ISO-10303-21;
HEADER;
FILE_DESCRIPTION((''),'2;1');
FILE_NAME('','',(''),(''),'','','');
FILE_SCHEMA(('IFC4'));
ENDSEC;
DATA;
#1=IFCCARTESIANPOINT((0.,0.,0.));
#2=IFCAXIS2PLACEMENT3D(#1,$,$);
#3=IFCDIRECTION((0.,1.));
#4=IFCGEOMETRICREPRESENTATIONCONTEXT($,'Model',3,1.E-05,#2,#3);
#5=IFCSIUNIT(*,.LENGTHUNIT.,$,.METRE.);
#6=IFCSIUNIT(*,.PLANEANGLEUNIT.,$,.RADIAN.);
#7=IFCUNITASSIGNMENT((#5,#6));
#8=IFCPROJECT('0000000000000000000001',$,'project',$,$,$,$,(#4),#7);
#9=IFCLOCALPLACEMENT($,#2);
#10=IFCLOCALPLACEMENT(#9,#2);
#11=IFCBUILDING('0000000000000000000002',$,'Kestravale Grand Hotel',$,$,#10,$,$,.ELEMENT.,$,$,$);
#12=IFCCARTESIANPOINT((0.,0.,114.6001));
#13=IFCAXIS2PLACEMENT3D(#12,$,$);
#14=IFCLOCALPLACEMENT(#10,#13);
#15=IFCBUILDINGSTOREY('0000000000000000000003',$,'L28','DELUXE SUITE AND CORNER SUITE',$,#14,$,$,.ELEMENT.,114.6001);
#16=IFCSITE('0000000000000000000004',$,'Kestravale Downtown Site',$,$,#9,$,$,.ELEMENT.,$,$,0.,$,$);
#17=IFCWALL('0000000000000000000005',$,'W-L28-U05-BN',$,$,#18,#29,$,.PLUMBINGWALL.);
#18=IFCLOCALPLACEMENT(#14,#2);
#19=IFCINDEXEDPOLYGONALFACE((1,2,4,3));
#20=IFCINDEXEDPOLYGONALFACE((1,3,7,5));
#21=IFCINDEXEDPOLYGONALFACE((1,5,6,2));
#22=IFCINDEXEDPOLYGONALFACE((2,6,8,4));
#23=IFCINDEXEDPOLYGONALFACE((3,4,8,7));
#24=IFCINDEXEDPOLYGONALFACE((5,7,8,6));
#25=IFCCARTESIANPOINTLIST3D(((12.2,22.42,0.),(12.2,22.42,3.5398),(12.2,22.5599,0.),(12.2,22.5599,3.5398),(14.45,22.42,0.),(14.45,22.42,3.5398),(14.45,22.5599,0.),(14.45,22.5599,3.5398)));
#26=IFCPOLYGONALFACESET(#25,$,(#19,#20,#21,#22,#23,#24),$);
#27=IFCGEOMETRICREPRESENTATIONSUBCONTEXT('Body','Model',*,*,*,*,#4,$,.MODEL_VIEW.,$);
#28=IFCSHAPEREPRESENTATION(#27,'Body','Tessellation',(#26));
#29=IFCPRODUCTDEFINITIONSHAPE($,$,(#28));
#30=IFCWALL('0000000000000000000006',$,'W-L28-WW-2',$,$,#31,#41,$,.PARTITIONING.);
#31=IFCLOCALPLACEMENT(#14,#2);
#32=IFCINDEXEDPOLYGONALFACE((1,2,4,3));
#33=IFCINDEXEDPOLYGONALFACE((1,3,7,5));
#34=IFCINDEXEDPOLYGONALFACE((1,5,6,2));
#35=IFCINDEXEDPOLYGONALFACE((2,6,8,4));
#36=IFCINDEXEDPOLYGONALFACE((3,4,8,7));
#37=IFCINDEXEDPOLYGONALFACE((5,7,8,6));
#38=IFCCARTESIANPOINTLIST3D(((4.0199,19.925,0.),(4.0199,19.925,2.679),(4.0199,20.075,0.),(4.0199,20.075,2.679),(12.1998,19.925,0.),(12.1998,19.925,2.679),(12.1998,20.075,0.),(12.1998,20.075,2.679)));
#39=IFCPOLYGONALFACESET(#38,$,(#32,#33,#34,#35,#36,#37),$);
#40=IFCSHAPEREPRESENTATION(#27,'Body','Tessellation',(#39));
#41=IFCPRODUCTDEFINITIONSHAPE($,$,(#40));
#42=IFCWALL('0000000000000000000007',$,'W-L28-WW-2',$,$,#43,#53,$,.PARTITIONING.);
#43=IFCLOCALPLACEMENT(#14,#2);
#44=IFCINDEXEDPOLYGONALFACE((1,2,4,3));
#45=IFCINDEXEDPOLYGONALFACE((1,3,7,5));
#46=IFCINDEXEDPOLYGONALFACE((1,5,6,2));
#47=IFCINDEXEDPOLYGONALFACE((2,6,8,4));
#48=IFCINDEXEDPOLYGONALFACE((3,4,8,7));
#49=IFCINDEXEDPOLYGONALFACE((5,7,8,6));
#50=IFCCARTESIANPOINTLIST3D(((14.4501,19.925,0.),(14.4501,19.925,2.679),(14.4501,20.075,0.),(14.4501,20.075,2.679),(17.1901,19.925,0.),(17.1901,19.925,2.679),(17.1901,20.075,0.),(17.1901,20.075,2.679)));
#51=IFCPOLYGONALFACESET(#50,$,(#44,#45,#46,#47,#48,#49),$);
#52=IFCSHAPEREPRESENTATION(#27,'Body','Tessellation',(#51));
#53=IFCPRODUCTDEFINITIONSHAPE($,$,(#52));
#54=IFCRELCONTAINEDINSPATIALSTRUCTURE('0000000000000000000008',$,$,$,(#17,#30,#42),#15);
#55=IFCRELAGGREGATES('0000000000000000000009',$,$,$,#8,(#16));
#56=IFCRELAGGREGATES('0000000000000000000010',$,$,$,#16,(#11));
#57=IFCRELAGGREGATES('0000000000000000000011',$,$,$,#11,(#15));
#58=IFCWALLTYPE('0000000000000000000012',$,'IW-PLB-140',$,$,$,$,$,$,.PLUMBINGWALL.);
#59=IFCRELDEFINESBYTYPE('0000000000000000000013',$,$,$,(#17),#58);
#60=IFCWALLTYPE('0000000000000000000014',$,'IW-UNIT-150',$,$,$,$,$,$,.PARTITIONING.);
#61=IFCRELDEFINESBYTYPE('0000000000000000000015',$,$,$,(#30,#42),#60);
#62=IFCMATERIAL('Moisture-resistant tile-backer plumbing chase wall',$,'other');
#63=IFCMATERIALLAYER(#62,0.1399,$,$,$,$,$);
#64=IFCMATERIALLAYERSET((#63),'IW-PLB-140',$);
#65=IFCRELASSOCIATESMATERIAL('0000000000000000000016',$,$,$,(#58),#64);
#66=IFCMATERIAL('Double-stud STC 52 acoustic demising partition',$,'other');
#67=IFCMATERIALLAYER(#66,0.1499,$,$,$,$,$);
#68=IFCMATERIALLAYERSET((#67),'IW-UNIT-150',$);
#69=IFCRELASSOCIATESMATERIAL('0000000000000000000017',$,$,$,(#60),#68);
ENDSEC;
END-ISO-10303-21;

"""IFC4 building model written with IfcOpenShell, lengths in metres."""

from ifc_helpers import new_model, si_unit, direction, frame, frame_2d, origin, place, context, subcontext, project, spatial, rectangle, extrude, material, layer, layer_set, type_object, element, save


model = new_model("IFC4")

# Units and contexts
model_context = context("Model", 3, precision=1e-05, world=origin(), true_north=direction((0.0, 1.0)))
body_context = subcontext(model_context, "Body", "Model", "MODEL_VIEW")
ifc_project = project(units=[si_unit("LENGTHUNIT", "METRE"), si_unit("PLANEANGLEUNIT", "RADIAN")], contexts=[model_context])

# Site, building, storey
site_placement = place(None, origin())
site = spatial("IfcSite", under=ifc_project, at=site_placement, Name="Kestravale Downtown Site", CompositionType="ELEMENT", RefElevation=0.0)
building_placement = place(site_placement, origin())
building = spatial("IfcBuilding", under=site, at=building_placement, Name="Kestravale Grand Hotel", CompositionType="ELEMENT")
storey_placement = place(building_placement, frame((0.0, 0.0, 114.6001)))
storey = spatial("IfcBuildingStorey", under=building, at=storey_placement, Name="L28", Description="DELUXE SUITE AND CORNER SUITE", CompositionType="ELEMENT", Elevation=114.6001)

# Shared definitions
ifc_material_1 = material(Name="Moisture-resistant tile-backer plumbing chase wall", Category="other")
ifc_layer_1 = layer(ifc_material_1, 0.1399)
ifc_layer_set_1 = layer_set([ifc_layer_1], Name="IW-PLB-140")
wall_type_1 = type_object("IfcWallType", Name="IW-PLB-140", PredefinedType="PLUMBINGWALL", material=ifc_layer_set_1)

# Walls
wall_1_placement = place(storey_placement, frame((12.2, 22.49, 0.0), z_axis=(0.0, 0.0, 1.0), x_axis=(1.0, 0.0, 0.0)))
element("IfcWall", 1, at=wall_1_placement, inside=storey, type_object=wall_type_1, Name="W-L28-U05-BN", PredefinedType="PLUMBINGWALL", context=body_context, shape_type="SweptSolid", body=[
    extrude(rectangle(XDim=2.25, YDim=0.1399, at=frame_2d((1.125, 0.0))), origin(), (0.0, 0.0, 1.0), 3.5398),
])
ifc_material_2 = material(Name="Double-stud STC 52 acoustic demising partition", Category="other")
ifc_layer_2 = layer(ifc_material_2, 0.1499)
ifc_layer_set_2 = layer_set([ifc_layer_2], Name="IW-UNIT-150")
wall_type_2 = type_object("IfcWallType", Name="IW-UNIT-150", PredefinedType="PARTITIONING", material=ifc_layer_set_2)
wall_2_placement = place(storey_placement, frame((4.02, 20.0, 0.0), z_axis=(0.0, 0.0, 1.0), x_axis=(1.0, 0.0, 0.0)))
element("IfcWall", 2, at=wall_2_placement, inside=storey, type_object=wall_type_2, Name="W-L28-WW-2", PredefinedType="PARTITIONING", context=body_context, shape_type="SweptSolid", body=[
    extrude(rectangle(XDim=8.1799, YDim=0.1499, at=frame_2d((4.0898, 0.0))), origin(), (0.0, 0.0, 1.0), 2.679),
])
wall_3_placement = place(storey_placement, frame((14.45, 20.0, 0.0), z_axis=(0.0, 0.0, 1.0), x_axis=(1.0, 0.0, 0.0)))
element("IfcWall", 3, at=wall_3_placement, inside=storey, type_object=wall_type_2, Name="W-L28-WW-2", PredefinedType="PARTITIONING", context=body_context, shape_type="SweptSolid", body=[
    extrude(rectangle(XDim=2.74, YDim=0.1499, at=frame_2d((1.3701, 0.0))), origin(), (0.0, 0.0, 1.0), 2.679),
])

save(model, "model.ifc")
